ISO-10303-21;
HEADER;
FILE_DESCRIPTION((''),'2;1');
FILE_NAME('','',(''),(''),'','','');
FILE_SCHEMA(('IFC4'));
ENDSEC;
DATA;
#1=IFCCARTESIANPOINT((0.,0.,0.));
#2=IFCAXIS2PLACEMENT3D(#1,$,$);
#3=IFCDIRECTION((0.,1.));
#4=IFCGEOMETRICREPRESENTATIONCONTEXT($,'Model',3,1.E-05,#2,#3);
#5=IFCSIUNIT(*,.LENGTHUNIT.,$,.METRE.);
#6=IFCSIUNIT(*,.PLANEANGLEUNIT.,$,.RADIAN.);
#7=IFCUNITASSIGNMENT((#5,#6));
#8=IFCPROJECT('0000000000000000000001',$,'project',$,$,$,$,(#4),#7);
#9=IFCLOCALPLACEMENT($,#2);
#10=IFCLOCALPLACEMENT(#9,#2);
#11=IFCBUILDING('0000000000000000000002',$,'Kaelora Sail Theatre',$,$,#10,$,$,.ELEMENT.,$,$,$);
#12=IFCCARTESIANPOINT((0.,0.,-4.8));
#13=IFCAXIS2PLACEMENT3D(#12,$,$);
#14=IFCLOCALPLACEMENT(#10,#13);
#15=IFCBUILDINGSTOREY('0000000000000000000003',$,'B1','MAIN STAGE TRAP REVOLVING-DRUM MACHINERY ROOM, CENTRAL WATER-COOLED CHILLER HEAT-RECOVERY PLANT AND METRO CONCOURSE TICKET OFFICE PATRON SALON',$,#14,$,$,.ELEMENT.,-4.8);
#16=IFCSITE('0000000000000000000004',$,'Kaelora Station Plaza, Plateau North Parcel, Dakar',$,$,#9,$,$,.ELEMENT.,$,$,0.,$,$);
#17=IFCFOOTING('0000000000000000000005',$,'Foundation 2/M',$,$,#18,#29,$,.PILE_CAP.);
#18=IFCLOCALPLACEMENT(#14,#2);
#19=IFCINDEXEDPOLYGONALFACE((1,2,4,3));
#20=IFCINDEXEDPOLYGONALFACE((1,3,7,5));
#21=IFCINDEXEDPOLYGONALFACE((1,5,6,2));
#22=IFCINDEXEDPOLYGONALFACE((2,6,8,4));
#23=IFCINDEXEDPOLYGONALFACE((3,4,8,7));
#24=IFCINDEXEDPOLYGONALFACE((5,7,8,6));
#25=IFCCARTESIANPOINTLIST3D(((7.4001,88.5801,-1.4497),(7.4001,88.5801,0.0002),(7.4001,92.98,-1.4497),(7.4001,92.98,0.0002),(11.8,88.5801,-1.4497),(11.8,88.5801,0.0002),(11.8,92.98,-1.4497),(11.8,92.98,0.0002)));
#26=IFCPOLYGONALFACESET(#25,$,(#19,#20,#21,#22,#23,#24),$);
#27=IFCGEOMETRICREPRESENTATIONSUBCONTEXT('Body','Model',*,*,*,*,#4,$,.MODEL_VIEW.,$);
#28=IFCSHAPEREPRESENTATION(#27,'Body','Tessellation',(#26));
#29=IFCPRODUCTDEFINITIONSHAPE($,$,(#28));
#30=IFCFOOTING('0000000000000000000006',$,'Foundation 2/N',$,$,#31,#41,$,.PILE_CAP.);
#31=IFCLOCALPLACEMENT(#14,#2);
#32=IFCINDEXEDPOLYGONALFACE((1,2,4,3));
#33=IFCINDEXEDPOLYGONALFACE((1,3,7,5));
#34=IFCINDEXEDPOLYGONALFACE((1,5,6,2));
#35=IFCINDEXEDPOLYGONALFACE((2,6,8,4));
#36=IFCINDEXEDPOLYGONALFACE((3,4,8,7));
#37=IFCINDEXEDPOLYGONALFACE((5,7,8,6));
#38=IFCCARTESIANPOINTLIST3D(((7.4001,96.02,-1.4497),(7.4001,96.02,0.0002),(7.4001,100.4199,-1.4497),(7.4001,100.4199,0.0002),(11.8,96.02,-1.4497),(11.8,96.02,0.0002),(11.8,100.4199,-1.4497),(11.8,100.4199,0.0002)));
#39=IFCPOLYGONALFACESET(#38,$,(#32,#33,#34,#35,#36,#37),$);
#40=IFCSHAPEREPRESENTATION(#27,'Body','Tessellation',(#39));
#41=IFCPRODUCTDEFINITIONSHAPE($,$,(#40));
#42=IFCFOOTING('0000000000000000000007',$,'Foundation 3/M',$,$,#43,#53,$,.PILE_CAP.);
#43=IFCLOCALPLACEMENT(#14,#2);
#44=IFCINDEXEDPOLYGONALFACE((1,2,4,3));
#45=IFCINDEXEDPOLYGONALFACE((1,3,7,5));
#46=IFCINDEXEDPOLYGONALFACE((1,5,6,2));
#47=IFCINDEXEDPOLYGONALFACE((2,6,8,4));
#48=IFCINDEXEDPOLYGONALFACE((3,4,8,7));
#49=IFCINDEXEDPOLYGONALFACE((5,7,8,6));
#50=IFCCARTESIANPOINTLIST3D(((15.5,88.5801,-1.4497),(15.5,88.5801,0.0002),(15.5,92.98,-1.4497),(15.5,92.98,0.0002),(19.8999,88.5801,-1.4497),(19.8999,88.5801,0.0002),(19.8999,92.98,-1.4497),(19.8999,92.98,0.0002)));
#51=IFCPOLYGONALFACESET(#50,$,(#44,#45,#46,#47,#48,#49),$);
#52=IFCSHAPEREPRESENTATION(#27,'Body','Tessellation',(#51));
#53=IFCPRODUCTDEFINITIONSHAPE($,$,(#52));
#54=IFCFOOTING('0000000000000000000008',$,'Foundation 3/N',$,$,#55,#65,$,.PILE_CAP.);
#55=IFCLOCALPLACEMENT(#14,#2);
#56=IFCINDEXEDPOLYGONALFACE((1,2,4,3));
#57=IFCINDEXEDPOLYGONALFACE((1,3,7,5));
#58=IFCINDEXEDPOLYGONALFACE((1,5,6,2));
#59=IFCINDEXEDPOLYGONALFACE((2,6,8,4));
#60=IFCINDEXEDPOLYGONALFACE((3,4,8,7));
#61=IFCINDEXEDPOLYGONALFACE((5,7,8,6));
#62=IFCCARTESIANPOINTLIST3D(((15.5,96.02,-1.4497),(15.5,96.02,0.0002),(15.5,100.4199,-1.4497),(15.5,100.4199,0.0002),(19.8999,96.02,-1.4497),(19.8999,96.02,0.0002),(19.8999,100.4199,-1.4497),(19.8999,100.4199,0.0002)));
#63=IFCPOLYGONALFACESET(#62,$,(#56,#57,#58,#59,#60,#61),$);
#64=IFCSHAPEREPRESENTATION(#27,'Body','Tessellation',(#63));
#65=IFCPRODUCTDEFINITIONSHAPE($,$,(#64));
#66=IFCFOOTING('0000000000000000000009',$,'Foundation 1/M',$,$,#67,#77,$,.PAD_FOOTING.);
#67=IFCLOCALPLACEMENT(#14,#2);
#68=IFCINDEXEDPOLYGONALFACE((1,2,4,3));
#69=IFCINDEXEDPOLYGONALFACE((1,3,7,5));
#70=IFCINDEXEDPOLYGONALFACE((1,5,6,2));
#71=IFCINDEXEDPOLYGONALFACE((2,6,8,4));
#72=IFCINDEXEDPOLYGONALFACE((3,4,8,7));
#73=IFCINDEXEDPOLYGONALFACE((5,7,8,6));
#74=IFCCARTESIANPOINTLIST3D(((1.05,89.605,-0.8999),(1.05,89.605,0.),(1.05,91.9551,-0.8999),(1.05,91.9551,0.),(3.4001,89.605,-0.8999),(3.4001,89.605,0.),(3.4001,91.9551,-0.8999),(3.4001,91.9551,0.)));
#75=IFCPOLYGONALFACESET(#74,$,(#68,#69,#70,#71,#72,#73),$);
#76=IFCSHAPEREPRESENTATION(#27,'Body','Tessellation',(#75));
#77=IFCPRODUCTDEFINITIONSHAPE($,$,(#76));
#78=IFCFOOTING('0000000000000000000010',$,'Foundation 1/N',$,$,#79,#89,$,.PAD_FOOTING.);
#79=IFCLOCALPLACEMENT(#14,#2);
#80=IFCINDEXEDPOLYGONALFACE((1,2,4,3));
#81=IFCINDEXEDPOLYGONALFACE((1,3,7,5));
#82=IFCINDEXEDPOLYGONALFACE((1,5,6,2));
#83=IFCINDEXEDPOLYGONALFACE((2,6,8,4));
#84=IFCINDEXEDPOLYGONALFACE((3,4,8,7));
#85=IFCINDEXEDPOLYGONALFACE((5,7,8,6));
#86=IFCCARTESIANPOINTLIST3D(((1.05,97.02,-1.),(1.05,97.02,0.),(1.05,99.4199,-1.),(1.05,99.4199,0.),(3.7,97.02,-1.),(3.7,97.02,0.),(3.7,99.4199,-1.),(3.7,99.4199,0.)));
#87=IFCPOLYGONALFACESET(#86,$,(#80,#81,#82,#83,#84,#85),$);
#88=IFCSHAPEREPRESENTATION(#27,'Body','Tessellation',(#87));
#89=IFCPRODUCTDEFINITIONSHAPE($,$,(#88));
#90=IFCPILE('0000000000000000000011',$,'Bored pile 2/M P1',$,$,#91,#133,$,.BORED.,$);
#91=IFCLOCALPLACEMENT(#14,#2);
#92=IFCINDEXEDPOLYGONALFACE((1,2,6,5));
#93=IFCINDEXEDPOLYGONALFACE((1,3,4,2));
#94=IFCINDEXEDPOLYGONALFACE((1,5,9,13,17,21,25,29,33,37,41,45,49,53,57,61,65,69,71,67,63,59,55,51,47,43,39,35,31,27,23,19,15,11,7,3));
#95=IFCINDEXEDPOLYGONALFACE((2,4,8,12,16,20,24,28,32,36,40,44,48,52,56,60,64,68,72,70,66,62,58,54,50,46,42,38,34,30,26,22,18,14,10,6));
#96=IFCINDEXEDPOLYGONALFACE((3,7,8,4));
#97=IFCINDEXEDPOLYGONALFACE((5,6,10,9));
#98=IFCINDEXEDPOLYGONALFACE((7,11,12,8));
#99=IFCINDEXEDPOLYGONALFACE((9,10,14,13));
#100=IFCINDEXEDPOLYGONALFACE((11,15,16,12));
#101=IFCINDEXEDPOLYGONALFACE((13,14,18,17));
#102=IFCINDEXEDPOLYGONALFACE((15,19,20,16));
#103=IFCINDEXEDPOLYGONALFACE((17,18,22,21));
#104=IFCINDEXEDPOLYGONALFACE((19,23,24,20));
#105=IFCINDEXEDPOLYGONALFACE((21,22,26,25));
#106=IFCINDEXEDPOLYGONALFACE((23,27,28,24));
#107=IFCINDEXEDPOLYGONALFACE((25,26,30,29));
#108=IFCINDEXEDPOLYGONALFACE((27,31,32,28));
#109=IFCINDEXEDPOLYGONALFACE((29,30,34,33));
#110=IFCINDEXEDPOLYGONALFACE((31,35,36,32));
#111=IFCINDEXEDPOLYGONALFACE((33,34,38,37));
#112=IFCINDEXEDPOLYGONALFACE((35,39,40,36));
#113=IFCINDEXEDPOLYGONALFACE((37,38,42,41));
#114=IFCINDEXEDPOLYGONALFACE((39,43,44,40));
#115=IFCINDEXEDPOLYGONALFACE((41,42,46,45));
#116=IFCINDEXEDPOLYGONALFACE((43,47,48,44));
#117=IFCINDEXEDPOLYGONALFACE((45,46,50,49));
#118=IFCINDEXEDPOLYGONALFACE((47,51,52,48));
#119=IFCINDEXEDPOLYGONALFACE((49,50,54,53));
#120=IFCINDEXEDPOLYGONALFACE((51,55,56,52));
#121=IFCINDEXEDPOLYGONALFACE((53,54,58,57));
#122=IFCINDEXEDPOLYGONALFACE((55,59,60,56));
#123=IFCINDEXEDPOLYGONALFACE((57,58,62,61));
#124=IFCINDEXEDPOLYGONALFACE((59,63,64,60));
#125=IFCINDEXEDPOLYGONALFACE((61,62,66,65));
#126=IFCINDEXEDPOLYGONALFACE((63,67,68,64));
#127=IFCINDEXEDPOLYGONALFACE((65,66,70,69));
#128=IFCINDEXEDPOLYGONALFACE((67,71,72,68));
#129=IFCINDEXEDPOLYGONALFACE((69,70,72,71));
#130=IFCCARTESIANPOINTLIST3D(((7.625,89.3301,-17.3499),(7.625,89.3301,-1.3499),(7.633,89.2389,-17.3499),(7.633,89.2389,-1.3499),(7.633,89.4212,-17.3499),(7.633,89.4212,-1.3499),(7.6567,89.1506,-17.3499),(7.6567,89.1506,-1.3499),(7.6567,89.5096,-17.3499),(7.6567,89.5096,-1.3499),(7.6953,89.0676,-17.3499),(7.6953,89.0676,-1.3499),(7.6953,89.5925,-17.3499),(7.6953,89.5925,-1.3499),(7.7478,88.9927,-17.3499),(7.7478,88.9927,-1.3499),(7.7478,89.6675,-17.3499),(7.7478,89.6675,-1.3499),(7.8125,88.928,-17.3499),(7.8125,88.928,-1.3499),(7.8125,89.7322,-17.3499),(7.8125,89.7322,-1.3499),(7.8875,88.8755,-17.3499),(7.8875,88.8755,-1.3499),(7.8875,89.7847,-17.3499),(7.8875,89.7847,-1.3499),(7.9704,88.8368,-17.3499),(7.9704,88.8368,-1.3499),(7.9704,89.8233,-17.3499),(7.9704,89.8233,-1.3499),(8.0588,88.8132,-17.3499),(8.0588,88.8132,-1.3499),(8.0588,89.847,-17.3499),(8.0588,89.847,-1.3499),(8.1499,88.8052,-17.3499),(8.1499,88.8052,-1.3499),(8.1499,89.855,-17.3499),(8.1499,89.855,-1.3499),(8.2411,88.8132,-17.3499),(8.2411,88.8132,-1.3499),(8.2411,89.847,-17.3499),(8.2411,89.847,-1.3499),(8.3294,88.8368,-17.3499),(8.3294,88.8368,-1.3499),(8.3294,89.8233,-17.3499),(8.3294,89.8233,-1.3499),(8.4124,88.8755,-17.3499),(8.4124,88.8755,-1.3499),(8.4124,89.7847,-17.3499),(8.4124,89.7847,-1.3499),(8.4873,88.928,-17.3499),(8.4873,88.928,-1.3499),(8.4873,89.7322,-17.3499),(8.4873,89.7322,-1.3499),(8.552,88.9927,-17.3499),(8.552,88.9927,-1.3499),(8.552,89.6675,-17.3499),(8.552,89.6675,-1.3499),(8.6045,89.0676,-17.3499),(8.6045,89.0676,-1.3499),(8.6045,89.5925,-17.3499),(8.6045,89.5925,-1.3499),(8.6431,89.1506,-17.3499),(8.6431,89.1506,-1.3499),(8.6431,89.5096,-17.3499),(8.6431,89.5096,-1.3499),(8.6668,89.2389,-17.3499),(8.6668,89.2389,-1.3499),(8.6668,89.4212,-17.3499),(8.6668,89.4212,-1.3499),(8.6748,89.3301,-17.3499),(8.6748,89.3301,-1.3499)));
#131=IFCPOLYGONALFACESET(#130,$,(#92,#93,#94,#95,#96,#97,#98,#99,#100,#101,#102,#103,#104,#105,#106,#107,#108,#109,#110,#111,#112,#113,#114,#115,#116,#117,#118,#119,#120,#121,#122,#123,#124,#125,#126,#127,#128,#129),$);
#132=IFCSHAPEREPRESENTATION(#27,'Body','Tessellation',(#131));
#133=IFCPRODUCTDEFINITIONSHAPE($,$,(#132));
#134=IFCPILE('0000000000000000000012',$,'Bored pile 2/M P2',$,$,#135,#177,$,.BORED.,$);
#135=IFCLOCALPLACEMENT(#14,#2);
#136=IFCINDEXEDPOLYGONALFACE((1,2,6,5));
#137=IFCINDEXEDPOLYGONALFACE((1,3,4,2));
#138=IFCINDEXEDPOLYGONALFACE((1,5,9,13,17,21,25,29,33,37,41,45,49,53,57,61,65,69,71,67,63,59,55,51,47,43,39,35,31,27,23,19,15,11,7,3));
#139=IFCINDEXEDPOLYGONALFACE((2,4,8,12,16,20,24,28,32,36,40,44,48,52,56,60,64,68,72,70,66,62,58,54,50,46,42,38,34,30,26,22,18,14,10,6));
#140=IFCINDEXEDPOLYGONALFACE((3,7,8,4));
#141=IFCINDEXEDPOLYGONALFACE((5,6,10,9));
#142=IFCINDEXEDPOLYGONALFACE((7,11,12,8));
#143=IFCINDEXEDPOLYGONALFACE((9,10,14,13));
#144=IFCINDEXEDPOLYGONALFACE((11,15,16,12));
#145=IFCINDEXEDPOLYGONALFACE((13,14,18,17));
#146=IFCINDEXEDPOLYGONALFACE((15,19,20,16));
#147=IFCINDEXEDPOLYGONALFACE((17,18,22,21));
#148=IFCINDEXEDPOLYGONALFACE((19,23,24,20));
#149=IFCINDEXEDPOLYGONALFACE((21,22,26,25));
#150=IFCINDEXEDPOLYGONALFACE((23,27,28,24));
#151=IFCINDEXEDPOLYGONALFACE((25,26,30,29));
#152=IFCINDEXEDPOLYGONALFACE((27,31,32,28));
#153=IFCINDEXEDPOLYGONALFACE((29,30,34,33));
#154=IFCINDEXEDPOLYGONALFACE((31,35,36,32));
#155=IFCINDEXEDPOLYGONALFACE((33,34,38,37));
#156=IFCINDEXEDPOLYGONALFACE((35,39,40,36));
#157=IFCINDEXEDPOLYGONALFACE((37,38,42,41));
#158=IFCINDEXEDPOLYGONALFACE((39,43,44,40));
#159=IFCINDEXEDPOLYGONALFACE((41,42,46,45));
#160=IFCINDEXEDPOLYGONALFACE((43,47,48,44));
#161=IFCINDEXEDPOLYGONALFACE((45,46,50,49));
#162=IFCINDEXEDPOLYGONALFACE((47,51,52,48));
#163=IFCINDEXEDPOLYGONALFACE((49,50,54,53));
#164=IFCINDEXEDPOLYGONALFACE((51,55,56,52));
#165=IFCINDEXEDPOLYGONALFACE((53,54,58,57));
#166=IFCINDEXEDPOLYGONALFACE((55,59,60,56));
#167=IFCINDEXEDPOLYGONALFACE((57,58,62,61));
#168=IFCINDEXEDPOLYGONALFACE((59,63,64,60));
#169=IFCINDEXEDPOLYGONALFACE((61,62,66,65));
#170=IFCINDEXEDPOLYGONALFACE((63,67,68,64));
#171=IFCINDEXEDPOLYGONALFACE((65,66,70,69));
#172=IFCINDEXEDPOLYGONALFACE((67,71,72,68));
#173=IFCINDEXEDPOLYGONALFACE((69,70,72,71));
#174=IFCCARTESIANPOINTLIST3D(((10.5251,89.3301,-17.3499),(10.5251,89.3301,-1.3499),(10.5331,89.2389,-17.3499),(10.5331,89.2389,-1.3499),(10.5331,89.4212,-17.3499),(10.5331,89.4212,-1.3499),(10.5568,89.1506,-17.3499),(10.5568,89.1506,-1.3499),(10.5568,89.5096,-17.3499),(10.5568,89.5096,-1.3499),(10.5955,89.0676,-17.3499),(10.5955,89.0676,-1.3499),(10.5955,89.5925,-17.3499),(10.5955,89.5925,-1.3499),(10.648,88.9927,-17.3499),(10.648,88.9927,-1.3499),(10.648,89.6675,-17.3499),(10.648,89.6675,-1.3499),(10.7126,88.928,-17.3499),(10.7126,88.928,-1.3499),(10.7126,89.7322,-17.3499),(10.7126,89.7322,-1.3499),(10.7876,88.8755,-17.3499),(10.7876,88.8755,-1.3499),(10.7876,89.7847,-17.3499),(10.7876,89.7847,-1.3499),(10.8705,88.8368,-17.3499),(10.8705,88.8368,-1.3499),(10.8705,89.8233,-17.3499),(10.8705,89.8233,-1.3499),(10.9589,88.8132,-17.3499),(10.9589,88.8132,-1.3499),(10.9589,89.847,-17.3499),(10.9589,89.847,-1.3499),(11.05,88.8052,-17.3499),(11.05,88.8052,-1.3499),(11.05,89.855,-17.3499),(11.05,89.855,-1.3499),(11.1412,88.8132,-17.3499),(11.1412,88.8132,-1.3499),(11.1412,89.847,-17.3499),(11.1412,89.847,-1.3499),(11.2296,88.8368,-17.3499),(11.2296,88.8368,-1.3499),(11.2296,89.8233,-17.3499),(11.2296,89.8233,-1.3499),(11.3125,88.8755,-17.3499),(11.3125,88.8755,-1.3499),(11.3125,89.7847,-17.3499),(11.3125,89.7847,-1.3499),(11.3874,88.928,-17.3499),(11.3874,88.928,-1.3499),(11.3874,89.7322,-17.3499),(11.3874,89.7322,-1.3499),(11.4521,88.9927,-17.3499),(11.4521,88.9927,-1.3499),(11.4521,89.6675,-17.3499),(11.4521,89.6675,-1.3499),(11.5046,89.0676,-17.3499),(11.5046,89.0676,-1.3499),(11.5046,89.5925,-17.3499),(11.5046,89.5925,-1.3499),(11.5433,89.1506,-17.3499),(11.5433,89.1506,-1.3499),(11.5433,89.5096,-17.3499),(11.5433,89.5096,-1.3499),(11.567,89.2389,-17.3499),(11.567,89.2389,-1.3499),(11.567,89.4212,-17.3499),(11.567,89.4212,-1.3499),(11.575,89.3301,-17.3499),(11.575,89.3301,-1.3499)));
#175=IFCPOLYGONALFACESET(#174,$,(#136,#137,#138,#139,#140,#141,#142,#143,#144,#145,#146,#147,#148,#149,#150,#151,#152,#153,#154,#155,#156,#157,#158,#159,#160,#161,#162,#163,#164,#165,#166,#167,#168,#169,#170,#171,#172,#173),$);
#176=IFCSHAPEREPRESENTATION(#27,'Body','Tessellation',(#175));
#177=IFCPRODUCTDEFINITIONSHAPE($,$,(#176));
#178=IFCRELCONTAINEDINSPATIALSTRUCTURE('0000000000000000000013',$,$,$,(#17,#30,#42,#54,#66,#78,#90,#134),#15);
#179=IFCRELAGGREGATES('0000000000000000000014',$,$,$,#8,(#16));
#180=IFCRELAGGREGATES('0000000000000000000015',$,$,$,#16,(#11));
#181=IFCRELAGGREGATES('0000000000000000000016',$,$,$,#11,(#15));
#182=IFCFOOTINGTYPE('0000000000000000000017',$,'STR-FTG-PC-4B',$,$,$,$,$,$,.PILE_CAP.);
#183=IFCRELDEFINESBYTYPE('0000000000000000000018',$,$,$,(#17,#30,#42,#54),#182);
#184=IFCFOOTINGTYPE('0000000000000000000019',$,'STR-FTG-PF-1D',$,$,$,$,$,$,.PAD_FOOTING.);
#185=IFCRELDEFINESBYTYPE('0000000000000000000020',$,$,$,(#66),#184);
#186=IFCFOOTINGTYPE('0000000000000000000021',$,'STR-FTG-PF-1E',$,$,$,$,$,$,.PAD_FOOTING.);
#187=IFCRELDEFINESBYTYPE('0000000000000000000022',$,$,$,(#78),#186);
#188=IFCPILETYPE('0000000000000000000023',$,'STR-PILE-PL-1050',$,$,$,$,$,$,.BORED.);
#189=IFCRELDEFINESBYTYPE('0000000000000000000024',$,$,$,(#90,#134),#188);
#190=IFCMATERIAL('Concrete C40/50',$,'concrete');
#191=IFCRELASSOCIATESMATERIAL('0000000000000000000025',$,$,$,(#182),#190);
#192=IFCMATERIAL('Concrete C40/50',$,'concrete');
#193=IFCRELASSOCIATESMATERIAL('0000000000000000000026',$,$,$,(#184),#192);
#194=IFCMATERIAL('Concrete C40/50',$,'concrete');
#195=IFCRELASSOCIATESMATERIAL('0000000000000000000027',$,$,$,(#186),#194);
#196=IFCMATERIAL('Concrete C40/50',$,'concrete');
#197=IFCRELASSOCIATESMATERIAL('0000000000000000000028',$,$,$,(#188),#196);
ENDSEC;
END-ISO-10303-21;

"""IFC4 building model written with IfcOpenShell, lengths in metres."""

from ifc_helpers import new_model, si_unit, direction, frame, origin, origin_2d, place, context, subcontext, project, spatial, rectangle, circle, extrude, material, material_profile, profile_set, type_object, element, save


model = new_model("IFC4")

# Units and contexts
model_context = context("Model", 3, precision=1e-05, world=origin(), true_north=direction((0.0, 1.0)))
body_context = subcontext(model_context, "Body", "Model", "MODEL_VIEW")
ifc_project = project(units=[si_unit("LENGTHUNIT", "METRE"), si_unit("PLANEANGLEUNIT", "RADIAN")], contexts=[model_context])

# Site, building, storey
site_placement = place(None, origin())
site = spatial("IfcSite", under=ifc_project, at=site_placement, Name="Kaelora Station Plaza, Plateau North Parcel, Dakar", CompositionType="ELEMENT", RefElevation=0.0)
building_placement = place(site_placement, origin())
building = spatial("IfcBuilding", under=site, at=building_placement, Name="Kaelora Sail Theatre", CompositionType="ELEMENT")
storey_placement = place(building_placement, frame((0.0, 0.0, -4.8)))
storey = spatial("IfcBuildingStorey", under=building, at=storey_placement, Name="B1", Description="MAIN STAGE TRAP REVOLVING-DRUM MACHINERY ROOM, CENTRAL WATER-COOLED CHILLER HEAT-RECOVERY PLANT AND METRO CONCOURSE TICKET OFFICE PATRON SALON", CompositionType="ELEMENT", Elevation=-4.8)

# Footings
ifc_material_1 = material(Name="Concrete C40/50", Category="concrete")
footing_type_1 = type_object("IfcFootingType", Name="STR-FTG-PC-4B", PredefinedType="PILE_CAP", material=ifc_material_1)
for number, where, z_axis, x_axis, name in (
    (1, (9.6001, 90.78, -1.4497), (0.0, 0.0, 1.0), (1.0, 0.0, 0.0), "Foundation 2/M"),
    (2, (9.6001, 98.22, -1.4497), (0.0, 0.0, 1.0), (1.0, 0.0, 0.0), "Foundation 2/N"),
    (3, (17.7, 90.78, -1.4497), (0.0, 0.0, 1.0), (1.0, 0.0, 0.0), "Foundation 3/M"),
    (4, (17.7, 98.22, -1.4497), (0.0, 0.0, 1.0), (1.0, 0.0, 0.0), "Foundation 3/N"),
):
    element("IfcFooting", number, at=place(storey_placement, frame(where, z_axis=z_axis, x_axis=x_axis)), inside=storey, type_object=footing_type_1, Name=name, PredefinedType="PILE_CAP", context=body_context, shape_type="SweptSolid", body=[
        extrude(rectangle(XDim=4.3999, YDim=4.3999, at=origin_2d()), origin(), (0.0, 0.0, 1.0), 1.45),
    ])
ifc_material_2 = material(Name="Concrete C40/50", Category="concrete")
footing_type_2 = type_object("IfcFootingType", Name="STR-FTG-PF-1D", PredefinedType="PAD_FOOTING", material=ifc_material_2)
footing_1_placement = place(storey_placement, frame((2.2251, 90.78, -0.8999), z_axis=(0.0, 0.0, 1.0), x_axis=(1.0, 0.0, 0.0)))
element("IfcFooting", 5, at=footing_1_placement, inside=storey, type_object=footing_type_2, Name="Foundation 1/M", PredefinedType="PAD_FOOTING", context=body_context, shape_type="SweptSolid", body=[
    extrude(rectangle(XDim=2.3501, YDim=2.3501, at=origin_2d()), origin(), (0.0, 0.0, 1.0), 0.8999),
])
ifc_material_3 = material(Name="Concrete C40/50", Category="concrete")
footing_type_3 = type_object("IfcFootingType", Name="STR-FTG-PF-1E", PredefinedType="PAD_FOOTING", material=ifc_material_3)
footing_2_placement = place(storey_placement, frame((2.375, 98.22, -1.0), z_axis=(0.0, 0.0, 1.0), x_axis=(1.0, 0.0, 0.0)))
element("IfcFooting", 6, at=footing_2_placement, inside=storey, type_object=footing_type_3, Name="Foundation 1/N", PredefinedType="PAD_FOOTING", context=body_context, shape_type="SweptSolid", body=[
    extrude(rectangle(XDim=2.6499, YDim=2.3999, at=origin_2d()), origin(), (0.0, 0.0, 1.0), 1.0),
])

# Piles
ifc_material_4 = material(Name="Concrete C40/50", Category="concrete")
ifc_material_profile_1 = material_profile(ifc_material_4, circle(Radius=0.5249, at=origin_2d()), Name="PILE D1050")
ifc_profile_set_1 = profile_set([ifc_material_profile_1], Name="Concrete C40/50")
pile_type = type_object("IfcPileType", Name="STR-PILE-PL-1050", PredefinedType="BORED", material=ifc_profile_set_1)
for number, where, z_axis, x_axis, name in (
    (7, (8.1499, 89.3301, -1.3499), (0.0, 0.0, -1.0), (1.0, 0.0, 0.0), "Bored pile 2/M P1"),
    (8, (11.05, 89.3301, -1.3499), (0.0, 0.0, -1.0), (1.0, 0.0, 0.0), "Bored pile 2/M P2"),
):
    element("IfcPile", number, at=place(storey_placement, frame(where, z_axis=z_axis, x_axis=x_axis)), inside=storey, type_object=pile_type, Name=name, PredefinedType="BORED", context=body_context, shape_type="SweptSolid", body=[
        extrude(circle(Radius=0.5249, at=origin_2d()), origin(), (0.0, 0.0, 1.0), 16.0),
    ])

save(model, "model.ifc")
